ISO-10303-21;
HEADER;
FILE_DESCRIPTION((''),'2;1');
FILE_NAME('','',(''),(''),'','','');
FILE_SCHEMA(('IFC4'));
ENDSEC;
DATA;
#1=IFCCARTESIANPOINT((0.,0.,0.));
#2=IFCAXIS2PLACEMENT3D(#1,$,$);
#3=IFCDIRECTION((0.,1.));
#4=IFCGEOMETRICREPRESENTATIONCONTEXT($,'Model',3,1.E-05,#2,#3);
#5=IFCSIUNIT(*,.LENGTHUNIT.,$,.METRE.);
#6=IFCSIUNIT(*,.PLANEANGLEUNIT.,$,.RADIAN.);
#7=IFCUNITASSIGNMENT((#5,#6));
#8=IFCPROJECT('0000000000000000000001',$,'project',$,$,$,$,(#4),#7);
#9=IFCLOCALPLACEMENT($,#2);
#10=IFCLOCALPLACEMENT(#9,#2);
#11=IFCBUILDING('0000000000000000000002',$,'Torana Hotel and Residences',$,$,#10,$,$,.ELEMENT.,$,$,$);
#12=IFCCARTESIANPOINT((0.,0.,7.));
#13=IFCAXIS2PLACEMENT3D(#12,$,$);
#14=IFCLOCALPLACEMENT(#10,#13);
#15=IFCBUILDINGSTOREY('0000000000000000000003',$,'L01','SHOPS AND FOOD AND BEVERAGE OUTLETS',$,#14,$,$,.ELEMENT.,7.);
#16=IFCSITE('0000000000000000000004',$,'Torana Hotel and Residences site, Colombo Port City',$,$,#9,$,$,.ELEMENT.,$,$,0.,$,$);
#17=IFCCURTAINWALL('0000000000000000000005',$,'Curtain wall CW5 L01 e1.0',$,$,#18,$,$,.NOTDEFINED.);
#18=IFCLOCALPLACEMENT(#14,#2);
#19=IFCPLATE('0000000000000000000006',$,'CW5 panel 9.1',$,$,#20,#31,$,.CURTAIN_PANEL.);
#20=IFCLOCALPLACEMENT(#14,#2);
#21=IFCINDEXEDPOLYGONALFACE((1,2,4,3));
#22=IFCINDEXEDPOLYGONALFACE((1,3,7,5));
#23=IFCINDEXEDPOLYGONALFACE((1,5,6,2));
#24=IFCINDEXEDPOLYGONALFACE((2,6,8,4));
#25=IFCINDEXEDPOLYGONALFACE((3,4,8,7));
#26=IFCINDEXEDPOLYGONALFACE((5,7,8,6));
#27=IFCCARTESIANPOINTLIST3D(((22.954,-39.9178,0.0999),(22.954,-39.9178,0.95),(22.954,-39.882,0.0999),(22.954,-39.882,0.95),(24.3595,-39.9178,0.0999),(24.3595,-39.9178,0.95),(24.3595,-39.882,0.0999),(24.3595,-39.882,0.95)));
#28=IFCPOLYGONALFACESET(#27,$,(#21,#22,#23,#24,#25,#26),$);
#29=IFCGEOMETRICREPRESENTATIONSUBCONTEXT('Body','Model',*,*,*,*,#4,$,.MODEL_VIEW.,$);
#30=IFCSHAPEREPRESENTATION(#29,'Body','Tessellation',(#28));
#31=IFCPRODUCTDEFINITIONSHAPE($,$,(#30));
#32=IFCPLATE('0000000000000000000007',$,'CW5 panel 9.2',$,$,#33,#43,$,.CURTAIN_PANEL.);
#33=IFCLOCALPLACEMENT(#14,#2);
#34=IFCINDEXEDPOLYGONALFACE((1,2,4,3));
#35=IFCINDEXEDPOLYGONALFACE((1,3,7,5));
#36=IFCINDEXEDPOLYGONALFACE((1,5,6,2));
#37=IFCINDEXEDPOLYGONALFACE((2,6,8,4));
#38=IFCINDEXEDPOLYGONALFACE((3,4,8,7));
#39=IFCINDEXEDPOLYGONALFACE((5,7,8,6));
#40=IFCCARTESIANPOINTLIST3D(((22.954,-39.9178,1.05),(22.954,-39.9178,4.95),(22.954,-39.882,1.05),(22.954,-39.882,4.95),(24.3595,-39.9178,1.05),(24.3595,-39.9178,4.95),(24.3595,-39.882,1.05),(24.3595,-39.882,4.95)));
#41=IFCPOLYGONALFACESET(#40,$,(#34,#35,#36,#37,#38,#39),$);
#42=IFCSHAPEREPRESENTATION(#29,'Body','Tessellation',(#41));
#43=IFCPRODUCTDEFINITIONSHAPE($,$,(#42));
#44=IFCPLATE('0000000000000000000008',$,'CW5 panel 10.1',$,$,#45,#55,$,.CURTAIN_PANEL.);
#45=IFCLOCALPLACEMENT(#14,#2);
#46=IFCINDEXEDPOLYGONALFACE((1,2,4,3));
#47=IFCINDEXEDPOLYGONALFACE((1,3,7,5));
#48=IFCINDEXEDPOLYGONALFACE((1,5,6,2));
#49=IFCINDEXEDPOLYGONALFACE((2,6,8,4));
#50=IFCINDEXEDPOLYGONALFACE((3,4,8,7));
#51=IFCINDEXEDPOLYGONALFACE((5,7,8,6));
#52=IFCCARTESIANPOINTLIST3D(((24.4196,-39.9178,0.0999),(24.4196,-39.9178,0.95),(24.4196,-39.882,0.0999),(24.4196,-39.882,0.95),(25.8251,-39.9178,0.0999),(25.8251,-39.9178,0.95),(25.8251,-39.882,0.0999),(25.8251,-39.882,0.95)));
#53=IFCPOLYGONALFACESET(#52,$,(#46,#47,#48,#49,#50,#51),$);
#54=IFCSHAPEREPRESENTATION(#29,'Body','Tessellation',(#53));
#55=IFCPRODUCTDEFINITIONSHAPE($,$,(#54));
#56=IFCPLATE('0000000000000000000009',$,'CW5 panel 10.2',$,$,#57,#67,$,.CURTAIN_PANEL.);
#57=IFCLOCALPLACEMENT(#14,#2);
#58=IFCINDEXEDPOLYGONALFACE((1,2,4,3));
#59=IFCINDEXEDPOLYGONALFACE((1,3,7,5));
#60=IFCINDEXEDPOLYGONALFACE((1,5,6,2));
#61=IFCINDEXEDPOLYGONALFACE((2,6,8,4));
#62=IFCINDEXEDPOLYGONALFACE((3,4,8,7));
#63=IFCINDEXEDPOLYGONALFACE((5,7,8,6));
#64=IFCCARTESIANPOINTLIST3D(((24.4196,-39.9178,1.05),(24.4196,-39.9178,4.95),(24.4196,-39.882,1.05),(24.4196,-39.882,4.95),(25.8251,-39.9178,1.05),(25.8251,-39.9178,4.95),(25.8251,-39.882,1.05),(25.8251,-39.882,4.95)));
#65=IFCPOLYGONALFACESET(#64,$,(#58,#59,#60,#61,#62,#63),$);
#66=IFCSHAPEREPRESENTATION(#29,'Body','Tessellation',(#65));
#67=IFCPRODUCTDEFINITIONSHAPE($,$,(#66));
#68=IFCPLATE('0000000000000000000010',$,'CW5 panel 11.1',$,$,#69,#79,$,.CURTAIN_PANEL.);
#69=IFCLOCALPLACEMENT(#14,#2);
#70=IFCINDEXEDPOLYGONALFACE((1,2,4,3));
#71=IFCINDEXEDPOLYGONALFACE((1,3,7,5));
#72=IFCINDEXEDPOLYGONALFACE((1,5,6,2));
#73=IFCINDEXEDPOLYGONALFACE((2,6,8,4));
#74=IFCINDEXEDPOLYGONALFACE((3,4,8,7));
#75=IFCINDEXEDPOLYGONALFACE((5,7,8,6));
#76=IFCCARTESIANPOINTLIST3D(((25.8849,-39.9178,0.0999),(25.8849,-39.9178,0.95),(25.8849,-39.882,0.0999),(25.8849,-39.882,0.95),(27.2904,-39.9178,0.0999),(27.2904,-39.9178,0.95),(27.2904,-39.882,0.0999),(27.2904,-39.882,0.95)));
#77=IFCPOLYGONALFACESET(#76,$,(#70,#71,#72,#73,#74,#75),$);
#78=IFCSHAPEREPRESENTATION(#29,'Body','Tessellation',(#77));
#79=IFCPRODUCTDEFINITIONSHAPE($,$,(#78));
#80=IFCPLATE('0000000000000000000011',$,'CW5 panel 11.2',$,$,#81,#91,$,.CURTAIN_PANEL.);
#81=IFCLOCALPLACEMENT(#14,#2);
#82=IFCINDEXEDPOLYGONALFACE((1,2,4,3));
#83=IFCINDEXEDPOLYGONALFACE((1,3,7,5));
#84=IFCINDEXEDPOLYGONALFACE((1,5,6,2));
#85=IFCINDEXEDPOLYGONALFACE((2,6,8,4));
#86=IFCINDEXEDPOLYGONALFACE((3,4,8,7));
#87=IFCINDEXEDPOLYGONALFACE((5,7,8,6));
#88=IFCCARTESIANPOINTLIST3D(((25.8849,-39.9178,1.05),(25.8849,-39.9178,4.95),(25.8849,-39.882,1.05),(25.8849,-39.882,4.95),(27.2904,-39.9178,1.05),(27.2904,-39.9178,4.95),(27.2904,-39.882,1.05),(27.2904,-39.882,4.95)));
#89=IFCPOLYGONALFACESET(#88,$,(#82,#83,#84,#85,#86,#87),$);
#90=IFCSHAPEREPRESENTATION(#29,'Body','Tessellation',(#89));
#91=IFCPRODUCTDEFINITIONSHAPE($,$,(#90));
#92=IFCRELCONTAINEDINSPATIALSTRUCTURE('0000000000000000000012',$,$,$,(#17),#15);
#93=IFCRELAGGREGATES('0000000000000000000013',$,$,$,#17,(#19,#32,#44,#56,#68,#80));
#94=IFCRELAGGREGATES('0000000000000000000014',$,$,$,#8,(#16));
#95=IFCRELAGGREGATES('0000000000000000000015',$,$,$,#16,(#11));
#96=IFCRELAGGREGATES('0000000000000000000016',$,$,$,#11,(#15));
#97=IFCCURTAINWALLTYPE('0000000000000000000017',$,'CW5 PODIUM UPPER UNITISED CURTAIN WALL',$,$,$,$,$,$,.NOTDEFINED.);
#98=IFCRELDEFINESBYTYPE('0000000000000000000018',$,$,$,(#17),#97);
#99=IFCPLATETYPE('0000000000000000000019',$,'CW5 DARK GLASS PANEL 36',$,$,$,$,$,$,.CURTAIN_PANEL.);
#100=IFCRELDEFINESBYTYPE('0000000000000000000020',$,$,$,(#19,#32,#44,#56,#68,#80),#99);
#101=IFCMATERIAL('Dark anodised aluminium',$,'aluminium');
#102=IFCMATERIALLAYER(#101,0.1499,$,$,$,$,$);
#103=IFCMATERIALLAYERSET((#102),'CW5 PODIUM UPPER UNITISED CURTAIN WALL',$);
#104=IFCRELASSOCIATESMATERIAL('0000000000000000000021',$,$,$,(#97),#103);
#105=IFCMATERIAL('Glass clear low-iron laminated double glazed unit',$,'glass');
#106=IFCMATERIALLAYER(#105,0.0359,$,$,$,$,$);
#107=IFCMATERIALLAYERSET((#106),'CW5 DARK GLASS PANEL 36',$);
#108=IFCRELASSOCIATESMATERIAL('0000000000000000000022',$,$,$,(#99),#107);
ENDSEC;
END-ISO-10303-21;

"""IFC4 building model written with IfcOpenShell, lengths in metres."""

from ifc_helpers import new_model, si_unit, direction, frame, origin, origin_2d, place, context, subcontext, project, spatial, rectangle, extrude, material, layer, layer_set, type_object, element, aggregate, save


model = new_model("IFC4")

# Units and contexts
model_context = context("Model", 3, precision=1e-05, world=origin(), true_north=direction((0.0, 1.0)))
body_context = subcontext(model_context, "Body", "Model", "MODEL_VIEW")
ifc_project = project(units=[si_unit("LENGTHUNIT", "METRE"), si_unit("PLANEANGLEUNIT", "RADIAN")], contexts=[model_context])

# Site, building, storey
site_placement = place(None, origin())
site = spatial("IfcSite", under=ifc_project, at=site_placement, Name="Torana Hotel and Residences site, Colombo Port City", CompositionType="ELEMENT", RefElevation=0.0)
building_placement = place(site_placement, origin())
building = spatial("IfcBuilding", under=site, at=building_placement, Name="Torana Hotel and Residences", CompositionType="ELEMENT")
storey_placement = place(building_placement, frame((0.0, 0.0, 7.0)))
storey = spatial("IfcBuildingStorey", under=building, at=storey_placement, Name="L01", Description="SHOPS AND FOOD AND BEVERAGE OUTLETS", CompositionType="ELEMENT", Elevation=7.0)

# Curtain wall, plates
ifc_material_1 = material(Name="Dark anodised aluminium", Category="aluminium")
ifc_layer_1 = layer(ifc_material_1, 0.1499)
ifc_layer_set_1 = layer_set([ifc_layer_1], Name="CW5 PODIUM UPPER UNITISED CURTAIN WALL")
curtain_wall_type = type_object("IfcCurtainWallType", Name="CW5 PODIUM UPPER UNITISED CURTAIN WALL", PredefinedType="NOTDEFINED", material=ifc_layer_set_1)
curtain_wall_placement = place(storey_placement, origin())
curtain_wall = element("IfcCurtainWall", 1, at=curtain_wall_placement, inside=storey, type_object=curtain_wall_type, Name="Curtain wall CW5 L01 e1.0", PredefinedType="NOTDEFINED")
ifc_material_2 = material(Name="Glass clear low-iron laminated double glazed unit", Category="glass")
ifc_layer_2 = layer(ifc_material_2, 0.0359)
ifc_layer_set_2 = layer_set([ifc_layer_2], Name="CW5 DARK GLASS PANEL 36")
plate_type = type_object("IfcPlateType", Name="CW5 DARK GLASS PANEL 36", PredefinedType="CURTAIN_PANEL", material=ifc_layer_set_2)
plate_1_placement = place(storey_placement, frame((23.6567, -39.8999, 0.0999), z_axis=(0.0, 0.0, 1.0), x_axis=(1.0, 0.0, 0.0)))
plate_1 = element("IfcPlate", 2, at=plate_1_placement, type_object=plate_type, Name="CW5 panel 9.1", PredefinedType="CURTAIN_PANEL", context=body_context, shape_type="SweptSolid", body=[
    extrude(rectangle(XDim=1.4055, YDim=0.0359, at=origin_2d()), origin(), (0.0, 0.0, 1.0), 0.8501),
])
plate_2_placement = place(storey_placement, frame((23.6567, -39.8999, 1.05), z_axis=(0.0, 0.0, 1.0), x_axis=(1.0, 0.0, 0.0)))
plate_2 = element("IfcPlate", 3, at=plate_2_placement, type_object=plate_type, Name="CW5 panel 9.2", PredefinedType="CURTAIN_PANEL", context=body_context, shape_type="SweptSolid", body=[
    extrude(rectangle(XDim=1.4055, YDim=0.0359, at=origin_2d()), origin(), (0.0, 0.0, 1.0), 3.8999),
])
plate_3_placement = place(storey_placement, frame((25.1223, -39.8999, 0.0999), z_axis=(0.0, 0.0, 1.0), x_axis=(1.0, 0.0, 0.0)))
plate_3 = element("IfcPlate", 4, at=plate_3_placement, type_object=plate_type, Name="CW5 panel 10.1", PredefinedType="CURTAIN_PANEL", context=body_context, shape_type="SweptSolid", body=[
    extrude(rectangle(XDim=1.4055, YDim=0.0359, at=origin_2d()), origin(), (0.0, 0.0, 1.0), 0.8501),
])
plate_4_placement = place(storey_placement, frame((25.1223, -39.8999, 1.05), z_axis=(0.0, 0.0, 1.0), x_axis=(1.0, 0.0, 0.0)))
plate_4 = element("IfcPlate", 5, at=plate_4_placement, type_object=plate_type, Name="CW5 panel 10.2", PredefinedType="CURTAIN_PANEL", context=body_context, shape_type="SweptSolid", body=[
    extrude(rectangle(XDim=1.4055, YDim=0.0359, at=origin_2d()), origin(), (0.0, 0.0, 1.0), 3.8999),
])
plate_5_placement = place(storey_placement, frame((26.5876, -39.8999, 0.0999), z_axis=(0.0, 0.0, 1.0), x_axis=(1.0, 0.0, 0.0)))
plate_5 = element("IfcPlate", 6, at=plate_5_placement, type_object=plate_type, Name="CW5 panel 11.1", PredefinedType="CURTAIN_PANEL", context=body_context, shape_type="SweptSolid", body=[
    extrude(rectangle(XDim=1.4055, YDim=0.0359, at=origin_2d()), origin(), (0.0, 0.0, 1.0), 0.8501),
])
plate_6_placement = place(storey_placement, frame((26.5876, -39.8999, 1.05), z_axis=(0.0, 0.0, 1.0), x_axis=(1.0, 0.0, 0.0)))
plate_6 = element("IfcPlate", 7, at=plate_6_placement, type_object=plate_type, Name="CW5 panel 11.2", PredefinedType="CURTAIN_PANEL", context=body_context, shape_type="SweptSolid", body=[
    extrude(rectangle(XDim=1.4055, YDim=0.0359, at=origin_2d()), origin(), (0.0, 0.0, 1.0), 3.8999),
])
aggregate(curtain_wall, [plate_1, plate_2, plate_3, plate_4, plate_5, plate_6])

save(model, "model.ifc")
